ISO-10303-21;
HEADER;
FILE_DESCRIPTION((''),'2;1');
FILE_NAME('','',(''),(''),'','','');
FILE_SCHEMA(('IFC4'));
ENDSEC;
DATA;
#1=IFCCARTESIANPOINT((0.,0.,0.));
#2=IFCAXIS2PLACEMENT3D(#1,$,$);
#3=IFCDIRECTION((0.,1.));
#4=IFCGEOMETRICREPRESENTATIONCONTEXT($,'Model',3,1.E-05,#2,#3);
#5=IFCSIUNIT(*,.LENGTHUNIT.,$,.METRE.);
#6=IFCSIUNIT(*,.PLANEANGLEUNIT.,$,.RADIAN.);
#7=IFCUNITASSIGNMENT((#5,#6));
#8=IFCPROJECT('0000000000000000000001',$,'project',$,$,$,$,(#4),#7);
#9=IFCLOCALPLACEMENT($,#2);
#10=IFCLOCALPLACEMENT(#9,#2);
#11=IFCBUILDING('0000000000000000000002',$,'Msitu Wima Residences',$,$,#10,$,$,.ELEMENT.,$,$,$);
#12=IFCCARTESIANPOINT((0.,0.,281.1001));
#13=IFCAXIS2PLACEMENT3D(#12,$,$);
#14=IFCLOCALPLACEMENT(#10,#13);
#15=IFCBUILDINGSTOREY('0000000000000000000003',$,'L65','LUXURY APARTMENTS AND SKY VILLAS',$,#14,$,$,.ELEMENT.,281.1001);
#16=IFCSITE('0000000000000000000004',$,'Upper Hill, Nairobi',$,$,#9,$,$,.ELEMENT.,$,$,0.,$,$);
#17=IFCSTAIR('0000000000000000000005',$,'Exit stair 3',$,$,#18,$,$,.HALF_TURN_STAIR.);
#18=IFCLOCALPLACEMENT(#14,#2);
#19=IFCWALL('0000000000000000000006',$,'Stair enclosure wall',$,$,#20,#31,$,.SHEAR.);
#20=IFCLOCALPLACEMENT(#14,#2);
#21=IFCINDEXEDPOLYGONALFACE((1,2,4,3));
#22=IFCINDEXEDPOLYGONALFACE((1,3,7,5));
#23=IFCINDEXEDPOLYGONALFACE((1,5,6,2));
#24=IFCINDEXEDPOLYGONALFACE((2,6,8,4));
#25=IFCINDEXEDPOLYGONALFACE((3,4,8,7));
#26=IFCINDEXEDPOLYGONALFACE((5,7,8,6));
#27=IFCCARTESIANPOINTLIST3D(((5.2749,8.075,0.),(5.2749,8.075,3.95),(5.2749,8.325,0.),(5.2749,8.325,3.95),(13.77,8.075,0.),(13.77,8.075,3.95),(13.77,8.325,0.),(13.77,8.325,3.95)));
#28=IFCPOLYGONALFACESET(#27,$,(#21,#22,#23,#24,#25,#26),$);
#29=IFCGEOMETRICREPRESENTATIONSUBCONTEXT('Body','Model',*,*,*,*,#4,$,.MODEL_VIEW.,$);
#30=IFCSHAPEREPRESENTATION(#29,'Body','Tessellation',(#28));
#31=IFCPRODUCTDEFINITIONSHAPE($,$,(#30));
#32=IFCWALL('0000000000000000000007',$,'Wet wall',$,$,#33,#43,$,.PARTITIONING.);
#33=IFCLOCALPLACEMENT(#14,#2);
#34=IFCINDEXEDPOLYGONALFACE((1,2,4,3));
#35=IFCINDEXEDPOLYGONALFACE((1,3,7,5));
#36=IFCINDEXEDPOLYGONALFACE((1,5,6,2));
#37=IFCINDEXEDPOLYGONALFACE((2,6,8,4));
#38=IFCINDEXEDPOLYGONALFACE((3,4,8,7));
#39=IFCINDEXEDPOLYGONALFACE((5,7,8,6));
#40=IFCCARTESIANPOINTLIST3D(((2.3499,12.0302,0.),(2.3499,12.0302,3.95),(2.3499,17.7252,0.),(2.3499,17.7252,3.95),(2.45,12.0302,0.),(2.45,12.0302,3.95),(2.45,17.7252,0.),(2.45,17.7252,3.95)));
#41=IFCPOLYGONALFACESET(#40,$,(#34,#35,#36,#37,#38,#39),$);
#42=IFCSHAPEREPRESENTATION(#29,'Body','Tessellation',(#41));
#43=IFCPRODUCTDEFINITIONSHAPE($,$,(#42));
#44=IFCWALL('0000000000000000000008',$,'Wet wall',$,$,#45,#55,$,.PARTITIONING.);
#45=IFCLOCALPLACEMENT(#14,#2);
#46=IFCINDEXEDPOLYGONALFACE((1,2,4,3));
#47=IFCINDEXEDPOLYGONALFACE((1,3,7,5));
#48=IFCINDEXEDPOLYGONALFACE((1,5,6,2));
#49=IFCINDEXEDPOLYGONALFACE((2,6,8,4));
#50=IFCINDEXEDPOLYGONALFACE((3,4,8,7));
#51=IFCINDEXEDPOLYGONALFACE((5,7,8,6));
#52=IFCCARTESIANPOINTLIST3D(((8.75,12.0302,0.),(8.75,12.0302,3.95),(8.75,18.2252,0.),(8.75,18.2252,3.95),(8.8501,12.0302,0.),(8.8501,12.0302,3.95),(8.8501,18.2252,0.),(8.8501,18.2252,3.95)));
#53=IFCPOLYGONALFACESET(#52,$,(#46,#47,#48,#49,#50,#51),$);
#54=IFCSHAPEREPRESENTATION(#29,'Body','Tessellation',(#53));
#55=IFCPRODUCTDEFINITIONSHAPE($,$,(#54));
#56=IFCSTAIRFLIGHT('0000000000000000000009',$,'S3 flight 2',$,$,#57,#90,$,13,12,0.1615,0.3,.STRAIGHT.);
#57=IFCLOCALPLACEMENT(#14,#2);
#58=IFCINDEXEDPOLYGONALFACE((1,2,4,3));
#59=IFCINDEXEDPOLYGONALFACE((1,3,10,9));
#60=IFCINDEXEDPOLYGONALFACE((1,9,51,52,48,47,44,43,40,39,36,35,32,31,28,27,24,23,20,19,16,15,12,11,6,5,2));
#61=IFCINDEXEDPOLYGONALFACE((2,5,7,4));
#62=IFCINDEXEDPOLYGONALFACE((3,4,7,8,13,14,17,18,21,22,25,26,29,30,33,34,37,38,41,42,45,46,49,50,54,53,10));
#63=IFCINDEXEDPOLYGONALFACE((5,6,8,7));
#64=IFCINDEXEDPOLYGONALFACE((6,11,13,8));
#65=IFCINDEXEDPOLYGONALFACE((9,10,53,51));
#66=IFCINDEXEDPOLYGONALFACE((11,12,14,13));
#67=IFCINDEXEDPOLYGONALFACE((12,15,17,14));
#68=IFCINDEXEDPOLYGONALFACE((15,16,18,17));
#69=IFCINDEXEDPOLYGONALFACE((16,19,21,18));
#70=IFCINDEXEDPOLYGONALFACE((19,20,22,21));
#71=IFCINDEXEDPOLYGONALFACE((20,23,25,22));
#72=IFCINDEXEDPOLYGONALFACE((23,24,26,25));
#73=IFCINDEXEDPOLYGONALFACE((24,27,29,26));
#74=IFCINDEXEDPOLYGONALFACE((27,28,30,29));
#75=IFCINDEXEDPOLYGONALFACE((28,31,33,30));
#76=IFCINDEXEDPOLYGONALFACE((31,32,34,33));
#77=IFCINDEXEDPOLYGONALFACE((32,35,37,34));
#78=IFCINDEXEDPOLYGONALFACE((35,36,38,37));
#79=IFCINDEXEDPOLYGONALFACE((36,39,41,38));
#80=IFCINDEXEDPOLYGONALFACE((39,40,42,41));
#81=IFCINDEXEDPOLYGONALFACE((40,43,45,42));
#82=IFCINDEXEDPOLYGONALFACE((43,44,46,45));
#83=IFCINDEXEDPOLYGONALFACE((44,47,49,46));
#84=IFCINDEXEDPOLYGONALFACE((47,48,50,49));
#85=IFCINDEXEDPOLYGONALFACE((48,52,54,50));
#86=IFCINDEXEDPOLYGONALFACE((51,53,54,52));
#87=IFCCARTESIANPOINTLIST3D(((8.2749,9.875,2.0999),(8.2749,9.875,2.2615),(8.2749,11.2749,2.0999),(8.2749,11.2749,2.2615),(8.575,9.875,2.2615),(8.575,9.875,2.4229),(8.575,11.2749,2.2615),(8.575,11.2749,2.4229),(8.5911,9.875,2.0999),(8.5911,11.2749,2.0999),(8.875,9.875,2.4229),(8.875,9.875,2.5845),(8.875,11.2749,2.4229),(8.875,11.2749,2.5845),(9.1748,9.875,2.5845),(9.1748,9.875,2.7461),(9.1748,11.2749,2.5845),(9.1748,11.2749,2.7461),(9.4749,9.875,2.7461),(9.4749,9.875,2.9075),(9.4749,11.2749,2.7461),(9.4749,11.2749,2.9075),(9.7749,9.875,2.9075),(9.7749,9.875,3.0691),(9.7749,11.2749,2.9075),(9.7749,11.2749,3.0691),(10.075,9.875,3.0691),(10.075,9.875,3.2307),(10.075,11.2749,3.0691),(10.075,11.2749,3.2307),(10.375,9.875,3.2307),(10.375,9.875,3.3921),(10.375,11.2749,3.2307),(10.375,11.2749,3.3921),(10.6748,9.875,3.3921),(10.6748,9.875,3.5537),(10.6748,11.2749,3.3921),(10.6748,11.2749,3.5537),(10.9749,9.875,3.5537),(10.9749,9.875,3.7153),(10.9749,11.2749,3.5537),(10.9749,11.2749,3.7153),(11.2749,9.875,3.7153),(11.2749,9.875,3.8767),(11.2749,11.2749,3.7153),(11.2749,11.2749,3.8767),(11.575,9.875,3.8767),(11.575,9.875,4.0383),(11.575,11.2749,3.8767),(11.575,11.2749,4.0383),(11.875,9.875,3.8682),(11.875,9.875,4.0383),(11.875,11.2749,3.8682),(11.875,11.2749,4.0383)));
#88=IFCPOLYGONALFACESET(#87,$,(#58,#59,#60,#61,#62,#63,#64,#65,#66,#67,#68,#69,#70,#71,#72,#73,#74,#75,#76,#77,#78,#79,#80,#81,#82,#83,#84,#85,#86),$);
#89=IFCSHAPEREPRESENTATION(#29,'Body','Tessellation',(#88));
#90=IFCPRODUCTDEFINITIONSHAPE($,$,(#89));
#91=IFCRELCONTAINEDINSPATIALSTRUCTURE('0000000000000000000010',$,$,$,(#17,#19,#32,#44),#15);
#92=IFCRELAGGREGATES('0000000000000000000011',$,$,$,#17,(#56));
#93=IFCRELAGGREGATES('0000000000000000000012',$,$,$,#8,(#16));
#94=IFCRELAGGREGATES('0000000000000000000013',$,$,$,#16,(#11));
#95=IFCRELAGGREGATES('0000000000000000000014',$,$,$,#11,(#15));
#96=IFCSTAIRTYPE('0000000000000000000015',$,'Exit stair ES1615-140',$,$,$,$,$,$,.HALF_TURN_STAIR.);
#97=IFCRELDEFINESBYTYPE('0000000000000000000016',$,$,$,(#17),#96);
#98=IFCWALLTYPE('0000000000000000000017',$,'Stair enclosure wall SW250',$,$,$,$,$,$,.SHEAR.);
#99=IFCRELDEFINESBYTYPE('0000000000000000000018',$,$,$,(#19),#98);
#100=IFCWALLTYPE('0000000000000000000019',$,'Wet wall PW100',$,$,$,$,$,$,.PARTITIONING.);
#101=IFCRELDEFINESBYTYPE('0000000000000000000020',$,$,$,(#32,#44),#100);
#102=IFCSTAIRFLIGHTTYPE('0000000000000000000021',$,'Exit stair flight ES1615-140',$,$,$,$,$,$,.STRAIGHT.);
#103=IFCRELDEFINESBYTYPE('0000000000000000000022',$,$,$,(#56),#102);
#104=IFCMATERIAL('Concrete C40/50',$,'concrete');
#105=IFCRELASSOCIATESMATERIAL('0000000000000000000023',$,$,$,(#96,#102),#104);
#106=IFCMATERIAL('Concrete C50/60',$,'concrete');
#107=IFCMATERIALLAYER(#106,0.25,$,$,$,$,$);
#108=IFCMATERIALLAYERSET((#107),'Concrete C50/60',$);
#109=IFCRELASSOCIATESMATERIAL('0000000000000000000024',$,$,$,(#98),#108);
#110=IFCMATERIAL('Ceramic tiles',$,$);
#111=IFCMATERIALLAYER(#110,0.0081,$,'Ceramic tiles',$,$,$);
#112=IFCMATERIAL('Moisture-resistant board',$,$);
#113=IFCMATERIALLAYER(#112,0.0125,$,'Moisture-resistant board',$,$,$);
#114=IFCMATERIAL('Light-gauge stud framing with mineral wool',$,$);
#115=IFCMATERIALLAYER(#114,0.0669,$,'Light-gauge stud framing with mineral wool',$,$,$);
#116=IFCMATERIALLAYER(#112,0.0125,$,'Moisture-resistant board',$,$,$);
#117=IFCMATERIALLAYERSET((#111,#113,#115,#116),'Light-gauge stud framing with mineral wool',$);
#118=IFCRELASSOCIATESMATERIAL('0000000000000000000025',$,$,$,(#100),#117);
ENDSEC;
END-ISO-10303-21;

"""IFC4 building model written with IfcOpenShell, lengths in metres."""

from ifc_helpers import new_model, si_unit, direction, frame, frame_2d, origin, place, context, subcontext, project, spatial, polyline, rectangle, outline, extrude, material, layer, layer_set, type_object, element, aggregate, save


model = new_model("IFC4")

# Units and contexts
model_context = context("Model", 3, precision=1e-05, world=origin(), true_north=direction((0.0, 1.0)))
body_context = subcontext(model_context, "Body", "Model", "MODEL_VIEW")
ifc_project = project(units=[si_unit("LENGTHUNIT", "METRE"), si_unit("PLANEANGLEUNIT", "RADIAN")], contexts=[model_context])

# Site, building, storey
site_placement = place(None, origin())
site = spatial("IfcSite", under=ifc_project, at=site_placement, Name="Upper Hill, Nairobi", CompositionType="ELEMENT", RefElevation=0.0)
building_placement = place(site_placement, origin())
building = spatial("IfcBuilding", under=site, at=building_placement, Name="Msitu Wima Residences", CompositionType="ELEMENT")
storey_placement = place(building_placement, frame((0.0, 0.0, 281.1001)))
storey = spatial("IfcBuildingStorey", under=building, at=storey_placement, Name="L65", Description="LUXURY APARTMENTS AND SKY VILLAS", CompositionType="ELEMENT", Elevation=281.1001)

# Shared definitions
ifc_material_1 = material(Name="Concrete C40/50", Category="concrete")

# Stair
stair_type = type_object("IfcStairType", Name="Exit stair ES1615-140", PredefinedType="HALF_TURN_STAIR", material=ifc_material_1)
stair_1_placement = place(storey_placement, origin())
stair_1 = element("IfcStair", 1, at=stair_1_placement, inside=storey, type_object=stair_type, Name="Exit stair 3", PredefinedType="HALF_TURN_STAIR")

# Walls
ifc_material_2 = material(Name="Concrete C50/60", Category="concrete")
ifc_layer_1 = layer(ifc_material_2, 0.25)
ifc_layer_set_1 = layer_set([ifc_layer_1], Name="Concrete C50/60")
wall_type_1 = type_object("IfcWallType", Name="Stair enclosure wall SW250", PredefinedType="SHEAR", material=ifc_layer_set_1)
wall_1_placement = place(storey_placement, frame((5.2749, 8.2, 0.0), z_axis=(0.0, 0.0, 1.0), x_axis=(1.0, 0.0, 0.0)))
element("IfcWall", 2, at=wall_1_placement, inside=storey, type_object=wall_type_1, Name="Stair enclosure wall", PredefinedType="SHEAR", context=body_context, shape_type="SweptSolid", body=[
    extrude(rectangle(XDim=8.4951, YDim=0.25, at=frame_2d((4.2476, 0.0))), origin(), (0.0, 0.0, 1.0), 3.95),
])
ifc_material_3 = material(Name="Ceramic tiles")
ifc_layer_2 = layer(ifc_material_3, 0.0081, Name="Ceramic tiles")
ifc_material_4 = material(Name="Moisture-resistant board")
ifc_layer_3 = layer(ifc_material_4, 0.0125, Name="Moisture-resistant board")
ifc_material_5 = material(Name="Light-gauge stud framing with mineral wool")
ifc_layer_4 = layer(ifc_material_5, 0.0669, Name="Light-gauge stud framing with mineral wool")
ifc_layer_5 = layer(ifc_material_4, 0.0125, Name="Moisture-resistant board")
ifc_layer_set_2 = layer_set([ifc_layer_2, ifc_layer_3, ifc_layer_4, ifc_layer_5], Name="Light-gauge stud framing with mineral wool")
wall_type_2 = type_object("IfcWallType", Name="Wet wall PW100", PredefinedType="PARTITIONING", material=ifc_layer_set_2)
wall_2_placement = place(storey_placement, frame((2.3999, 12.03, 0.0), z_axis=(0.0, 0.0, 1.0), x_axis=(0.0, 1.0, 0.0)))
element("IfcWall", 3, at=wall_2_placement, inside=storey, type_object=wall_type_2, Name="Wet wall", PredefinedType="PARTITIONING", context=body_context, shape_type="SweptSolid", body=[
    extrude(rectangle(XDim=5.6951, YDim=0.1001, at=frame_2d((2.8477, 0.0))), origin(), (0.0, 0.0, 1.0), 3.95),
])
wall_3_placement = place(storey_placement, frame((8.8, 12.03, 0.0), z_axis=(0.0, 0.0, 1.0), x_axis=(0.0, 1.0, 0.0)))
element("IfcWall", 4, at=wall_3_placement, inside=storey, type_object=wall_type_2, Name="Wet wall", PredefinedType="PARTITIONING", context=body_context, shape_type="SweptSolid", body=[
    extrude(rectangle(XDim=6.1951, YDim=0.1001, at=frame_2d((3.0977, 0.0))), origin(), (0.0, 0.0, 1.0), 3.95),
])

# Stair flight
stair_flight_type = type_object("IfcStairFlightType", Name="Exit stair flight ES1615-140", PredefinedType="STRAIGHT", material=ifc_material_1)
stair_flight_placement = place(storey_placement, frame((8.2749, 10.575, 2.0999), z_axis=(0.0, 0.0, 1.0), x_axis=(1.0, 0.0, 0.0)))
stair_flight = element("IfcStairFlight", 5, at=stair_flight_placement, type_object=stair_flight_type, Name="S3 flight 2", NumberOfRisers=13, NumberOfTreads=12, PredefinedType="STRAIGHT", RiserHeight=0.1615, TreadLength=0.3, context=body_context, shape_type="SweptSolid", body=[
    extrude(outline(polyline([(0.0, 0.0), (0.0, 0.1616), (0.3, 0.1616), (0.3, 0.323), (0.6001, 0.323), (0.6001, 0.4846), (0.8999, 0.4846), (0.8999, 0.6462), (1.2, 0.6462), (1.2, 0.8076), (1.5, 0.8076), (1.5, 0.9692), (1.8, 0.9692), (1.8, 1.1309), (2.1001, 1.1309), (2.1001, 1.2922), (2.3999, 1.2922), (2.3999, 1.4539), (2.7, 1.4539), (2.7, 1.6155), (3.0, 1.6155), (3.0, 1.7769), (3.3, 1.7769), (3.3, 1.9385), (3.6001, 1.9385), (3.6001, 2.1001), (3.6001, 1.7683), (0.3162, 0.0), (0.0, 0.0)])), frame((0.0, 0.7, 0.0), z_axis=(0.0, -1.0, 0.0), x_axis=(1.0, 0.0, 0.0)), (0.0, 0.0, 1.0), 1.3999),
])
aggregate(stair_1, [stair_flight])

save(model, "model.ifc")
